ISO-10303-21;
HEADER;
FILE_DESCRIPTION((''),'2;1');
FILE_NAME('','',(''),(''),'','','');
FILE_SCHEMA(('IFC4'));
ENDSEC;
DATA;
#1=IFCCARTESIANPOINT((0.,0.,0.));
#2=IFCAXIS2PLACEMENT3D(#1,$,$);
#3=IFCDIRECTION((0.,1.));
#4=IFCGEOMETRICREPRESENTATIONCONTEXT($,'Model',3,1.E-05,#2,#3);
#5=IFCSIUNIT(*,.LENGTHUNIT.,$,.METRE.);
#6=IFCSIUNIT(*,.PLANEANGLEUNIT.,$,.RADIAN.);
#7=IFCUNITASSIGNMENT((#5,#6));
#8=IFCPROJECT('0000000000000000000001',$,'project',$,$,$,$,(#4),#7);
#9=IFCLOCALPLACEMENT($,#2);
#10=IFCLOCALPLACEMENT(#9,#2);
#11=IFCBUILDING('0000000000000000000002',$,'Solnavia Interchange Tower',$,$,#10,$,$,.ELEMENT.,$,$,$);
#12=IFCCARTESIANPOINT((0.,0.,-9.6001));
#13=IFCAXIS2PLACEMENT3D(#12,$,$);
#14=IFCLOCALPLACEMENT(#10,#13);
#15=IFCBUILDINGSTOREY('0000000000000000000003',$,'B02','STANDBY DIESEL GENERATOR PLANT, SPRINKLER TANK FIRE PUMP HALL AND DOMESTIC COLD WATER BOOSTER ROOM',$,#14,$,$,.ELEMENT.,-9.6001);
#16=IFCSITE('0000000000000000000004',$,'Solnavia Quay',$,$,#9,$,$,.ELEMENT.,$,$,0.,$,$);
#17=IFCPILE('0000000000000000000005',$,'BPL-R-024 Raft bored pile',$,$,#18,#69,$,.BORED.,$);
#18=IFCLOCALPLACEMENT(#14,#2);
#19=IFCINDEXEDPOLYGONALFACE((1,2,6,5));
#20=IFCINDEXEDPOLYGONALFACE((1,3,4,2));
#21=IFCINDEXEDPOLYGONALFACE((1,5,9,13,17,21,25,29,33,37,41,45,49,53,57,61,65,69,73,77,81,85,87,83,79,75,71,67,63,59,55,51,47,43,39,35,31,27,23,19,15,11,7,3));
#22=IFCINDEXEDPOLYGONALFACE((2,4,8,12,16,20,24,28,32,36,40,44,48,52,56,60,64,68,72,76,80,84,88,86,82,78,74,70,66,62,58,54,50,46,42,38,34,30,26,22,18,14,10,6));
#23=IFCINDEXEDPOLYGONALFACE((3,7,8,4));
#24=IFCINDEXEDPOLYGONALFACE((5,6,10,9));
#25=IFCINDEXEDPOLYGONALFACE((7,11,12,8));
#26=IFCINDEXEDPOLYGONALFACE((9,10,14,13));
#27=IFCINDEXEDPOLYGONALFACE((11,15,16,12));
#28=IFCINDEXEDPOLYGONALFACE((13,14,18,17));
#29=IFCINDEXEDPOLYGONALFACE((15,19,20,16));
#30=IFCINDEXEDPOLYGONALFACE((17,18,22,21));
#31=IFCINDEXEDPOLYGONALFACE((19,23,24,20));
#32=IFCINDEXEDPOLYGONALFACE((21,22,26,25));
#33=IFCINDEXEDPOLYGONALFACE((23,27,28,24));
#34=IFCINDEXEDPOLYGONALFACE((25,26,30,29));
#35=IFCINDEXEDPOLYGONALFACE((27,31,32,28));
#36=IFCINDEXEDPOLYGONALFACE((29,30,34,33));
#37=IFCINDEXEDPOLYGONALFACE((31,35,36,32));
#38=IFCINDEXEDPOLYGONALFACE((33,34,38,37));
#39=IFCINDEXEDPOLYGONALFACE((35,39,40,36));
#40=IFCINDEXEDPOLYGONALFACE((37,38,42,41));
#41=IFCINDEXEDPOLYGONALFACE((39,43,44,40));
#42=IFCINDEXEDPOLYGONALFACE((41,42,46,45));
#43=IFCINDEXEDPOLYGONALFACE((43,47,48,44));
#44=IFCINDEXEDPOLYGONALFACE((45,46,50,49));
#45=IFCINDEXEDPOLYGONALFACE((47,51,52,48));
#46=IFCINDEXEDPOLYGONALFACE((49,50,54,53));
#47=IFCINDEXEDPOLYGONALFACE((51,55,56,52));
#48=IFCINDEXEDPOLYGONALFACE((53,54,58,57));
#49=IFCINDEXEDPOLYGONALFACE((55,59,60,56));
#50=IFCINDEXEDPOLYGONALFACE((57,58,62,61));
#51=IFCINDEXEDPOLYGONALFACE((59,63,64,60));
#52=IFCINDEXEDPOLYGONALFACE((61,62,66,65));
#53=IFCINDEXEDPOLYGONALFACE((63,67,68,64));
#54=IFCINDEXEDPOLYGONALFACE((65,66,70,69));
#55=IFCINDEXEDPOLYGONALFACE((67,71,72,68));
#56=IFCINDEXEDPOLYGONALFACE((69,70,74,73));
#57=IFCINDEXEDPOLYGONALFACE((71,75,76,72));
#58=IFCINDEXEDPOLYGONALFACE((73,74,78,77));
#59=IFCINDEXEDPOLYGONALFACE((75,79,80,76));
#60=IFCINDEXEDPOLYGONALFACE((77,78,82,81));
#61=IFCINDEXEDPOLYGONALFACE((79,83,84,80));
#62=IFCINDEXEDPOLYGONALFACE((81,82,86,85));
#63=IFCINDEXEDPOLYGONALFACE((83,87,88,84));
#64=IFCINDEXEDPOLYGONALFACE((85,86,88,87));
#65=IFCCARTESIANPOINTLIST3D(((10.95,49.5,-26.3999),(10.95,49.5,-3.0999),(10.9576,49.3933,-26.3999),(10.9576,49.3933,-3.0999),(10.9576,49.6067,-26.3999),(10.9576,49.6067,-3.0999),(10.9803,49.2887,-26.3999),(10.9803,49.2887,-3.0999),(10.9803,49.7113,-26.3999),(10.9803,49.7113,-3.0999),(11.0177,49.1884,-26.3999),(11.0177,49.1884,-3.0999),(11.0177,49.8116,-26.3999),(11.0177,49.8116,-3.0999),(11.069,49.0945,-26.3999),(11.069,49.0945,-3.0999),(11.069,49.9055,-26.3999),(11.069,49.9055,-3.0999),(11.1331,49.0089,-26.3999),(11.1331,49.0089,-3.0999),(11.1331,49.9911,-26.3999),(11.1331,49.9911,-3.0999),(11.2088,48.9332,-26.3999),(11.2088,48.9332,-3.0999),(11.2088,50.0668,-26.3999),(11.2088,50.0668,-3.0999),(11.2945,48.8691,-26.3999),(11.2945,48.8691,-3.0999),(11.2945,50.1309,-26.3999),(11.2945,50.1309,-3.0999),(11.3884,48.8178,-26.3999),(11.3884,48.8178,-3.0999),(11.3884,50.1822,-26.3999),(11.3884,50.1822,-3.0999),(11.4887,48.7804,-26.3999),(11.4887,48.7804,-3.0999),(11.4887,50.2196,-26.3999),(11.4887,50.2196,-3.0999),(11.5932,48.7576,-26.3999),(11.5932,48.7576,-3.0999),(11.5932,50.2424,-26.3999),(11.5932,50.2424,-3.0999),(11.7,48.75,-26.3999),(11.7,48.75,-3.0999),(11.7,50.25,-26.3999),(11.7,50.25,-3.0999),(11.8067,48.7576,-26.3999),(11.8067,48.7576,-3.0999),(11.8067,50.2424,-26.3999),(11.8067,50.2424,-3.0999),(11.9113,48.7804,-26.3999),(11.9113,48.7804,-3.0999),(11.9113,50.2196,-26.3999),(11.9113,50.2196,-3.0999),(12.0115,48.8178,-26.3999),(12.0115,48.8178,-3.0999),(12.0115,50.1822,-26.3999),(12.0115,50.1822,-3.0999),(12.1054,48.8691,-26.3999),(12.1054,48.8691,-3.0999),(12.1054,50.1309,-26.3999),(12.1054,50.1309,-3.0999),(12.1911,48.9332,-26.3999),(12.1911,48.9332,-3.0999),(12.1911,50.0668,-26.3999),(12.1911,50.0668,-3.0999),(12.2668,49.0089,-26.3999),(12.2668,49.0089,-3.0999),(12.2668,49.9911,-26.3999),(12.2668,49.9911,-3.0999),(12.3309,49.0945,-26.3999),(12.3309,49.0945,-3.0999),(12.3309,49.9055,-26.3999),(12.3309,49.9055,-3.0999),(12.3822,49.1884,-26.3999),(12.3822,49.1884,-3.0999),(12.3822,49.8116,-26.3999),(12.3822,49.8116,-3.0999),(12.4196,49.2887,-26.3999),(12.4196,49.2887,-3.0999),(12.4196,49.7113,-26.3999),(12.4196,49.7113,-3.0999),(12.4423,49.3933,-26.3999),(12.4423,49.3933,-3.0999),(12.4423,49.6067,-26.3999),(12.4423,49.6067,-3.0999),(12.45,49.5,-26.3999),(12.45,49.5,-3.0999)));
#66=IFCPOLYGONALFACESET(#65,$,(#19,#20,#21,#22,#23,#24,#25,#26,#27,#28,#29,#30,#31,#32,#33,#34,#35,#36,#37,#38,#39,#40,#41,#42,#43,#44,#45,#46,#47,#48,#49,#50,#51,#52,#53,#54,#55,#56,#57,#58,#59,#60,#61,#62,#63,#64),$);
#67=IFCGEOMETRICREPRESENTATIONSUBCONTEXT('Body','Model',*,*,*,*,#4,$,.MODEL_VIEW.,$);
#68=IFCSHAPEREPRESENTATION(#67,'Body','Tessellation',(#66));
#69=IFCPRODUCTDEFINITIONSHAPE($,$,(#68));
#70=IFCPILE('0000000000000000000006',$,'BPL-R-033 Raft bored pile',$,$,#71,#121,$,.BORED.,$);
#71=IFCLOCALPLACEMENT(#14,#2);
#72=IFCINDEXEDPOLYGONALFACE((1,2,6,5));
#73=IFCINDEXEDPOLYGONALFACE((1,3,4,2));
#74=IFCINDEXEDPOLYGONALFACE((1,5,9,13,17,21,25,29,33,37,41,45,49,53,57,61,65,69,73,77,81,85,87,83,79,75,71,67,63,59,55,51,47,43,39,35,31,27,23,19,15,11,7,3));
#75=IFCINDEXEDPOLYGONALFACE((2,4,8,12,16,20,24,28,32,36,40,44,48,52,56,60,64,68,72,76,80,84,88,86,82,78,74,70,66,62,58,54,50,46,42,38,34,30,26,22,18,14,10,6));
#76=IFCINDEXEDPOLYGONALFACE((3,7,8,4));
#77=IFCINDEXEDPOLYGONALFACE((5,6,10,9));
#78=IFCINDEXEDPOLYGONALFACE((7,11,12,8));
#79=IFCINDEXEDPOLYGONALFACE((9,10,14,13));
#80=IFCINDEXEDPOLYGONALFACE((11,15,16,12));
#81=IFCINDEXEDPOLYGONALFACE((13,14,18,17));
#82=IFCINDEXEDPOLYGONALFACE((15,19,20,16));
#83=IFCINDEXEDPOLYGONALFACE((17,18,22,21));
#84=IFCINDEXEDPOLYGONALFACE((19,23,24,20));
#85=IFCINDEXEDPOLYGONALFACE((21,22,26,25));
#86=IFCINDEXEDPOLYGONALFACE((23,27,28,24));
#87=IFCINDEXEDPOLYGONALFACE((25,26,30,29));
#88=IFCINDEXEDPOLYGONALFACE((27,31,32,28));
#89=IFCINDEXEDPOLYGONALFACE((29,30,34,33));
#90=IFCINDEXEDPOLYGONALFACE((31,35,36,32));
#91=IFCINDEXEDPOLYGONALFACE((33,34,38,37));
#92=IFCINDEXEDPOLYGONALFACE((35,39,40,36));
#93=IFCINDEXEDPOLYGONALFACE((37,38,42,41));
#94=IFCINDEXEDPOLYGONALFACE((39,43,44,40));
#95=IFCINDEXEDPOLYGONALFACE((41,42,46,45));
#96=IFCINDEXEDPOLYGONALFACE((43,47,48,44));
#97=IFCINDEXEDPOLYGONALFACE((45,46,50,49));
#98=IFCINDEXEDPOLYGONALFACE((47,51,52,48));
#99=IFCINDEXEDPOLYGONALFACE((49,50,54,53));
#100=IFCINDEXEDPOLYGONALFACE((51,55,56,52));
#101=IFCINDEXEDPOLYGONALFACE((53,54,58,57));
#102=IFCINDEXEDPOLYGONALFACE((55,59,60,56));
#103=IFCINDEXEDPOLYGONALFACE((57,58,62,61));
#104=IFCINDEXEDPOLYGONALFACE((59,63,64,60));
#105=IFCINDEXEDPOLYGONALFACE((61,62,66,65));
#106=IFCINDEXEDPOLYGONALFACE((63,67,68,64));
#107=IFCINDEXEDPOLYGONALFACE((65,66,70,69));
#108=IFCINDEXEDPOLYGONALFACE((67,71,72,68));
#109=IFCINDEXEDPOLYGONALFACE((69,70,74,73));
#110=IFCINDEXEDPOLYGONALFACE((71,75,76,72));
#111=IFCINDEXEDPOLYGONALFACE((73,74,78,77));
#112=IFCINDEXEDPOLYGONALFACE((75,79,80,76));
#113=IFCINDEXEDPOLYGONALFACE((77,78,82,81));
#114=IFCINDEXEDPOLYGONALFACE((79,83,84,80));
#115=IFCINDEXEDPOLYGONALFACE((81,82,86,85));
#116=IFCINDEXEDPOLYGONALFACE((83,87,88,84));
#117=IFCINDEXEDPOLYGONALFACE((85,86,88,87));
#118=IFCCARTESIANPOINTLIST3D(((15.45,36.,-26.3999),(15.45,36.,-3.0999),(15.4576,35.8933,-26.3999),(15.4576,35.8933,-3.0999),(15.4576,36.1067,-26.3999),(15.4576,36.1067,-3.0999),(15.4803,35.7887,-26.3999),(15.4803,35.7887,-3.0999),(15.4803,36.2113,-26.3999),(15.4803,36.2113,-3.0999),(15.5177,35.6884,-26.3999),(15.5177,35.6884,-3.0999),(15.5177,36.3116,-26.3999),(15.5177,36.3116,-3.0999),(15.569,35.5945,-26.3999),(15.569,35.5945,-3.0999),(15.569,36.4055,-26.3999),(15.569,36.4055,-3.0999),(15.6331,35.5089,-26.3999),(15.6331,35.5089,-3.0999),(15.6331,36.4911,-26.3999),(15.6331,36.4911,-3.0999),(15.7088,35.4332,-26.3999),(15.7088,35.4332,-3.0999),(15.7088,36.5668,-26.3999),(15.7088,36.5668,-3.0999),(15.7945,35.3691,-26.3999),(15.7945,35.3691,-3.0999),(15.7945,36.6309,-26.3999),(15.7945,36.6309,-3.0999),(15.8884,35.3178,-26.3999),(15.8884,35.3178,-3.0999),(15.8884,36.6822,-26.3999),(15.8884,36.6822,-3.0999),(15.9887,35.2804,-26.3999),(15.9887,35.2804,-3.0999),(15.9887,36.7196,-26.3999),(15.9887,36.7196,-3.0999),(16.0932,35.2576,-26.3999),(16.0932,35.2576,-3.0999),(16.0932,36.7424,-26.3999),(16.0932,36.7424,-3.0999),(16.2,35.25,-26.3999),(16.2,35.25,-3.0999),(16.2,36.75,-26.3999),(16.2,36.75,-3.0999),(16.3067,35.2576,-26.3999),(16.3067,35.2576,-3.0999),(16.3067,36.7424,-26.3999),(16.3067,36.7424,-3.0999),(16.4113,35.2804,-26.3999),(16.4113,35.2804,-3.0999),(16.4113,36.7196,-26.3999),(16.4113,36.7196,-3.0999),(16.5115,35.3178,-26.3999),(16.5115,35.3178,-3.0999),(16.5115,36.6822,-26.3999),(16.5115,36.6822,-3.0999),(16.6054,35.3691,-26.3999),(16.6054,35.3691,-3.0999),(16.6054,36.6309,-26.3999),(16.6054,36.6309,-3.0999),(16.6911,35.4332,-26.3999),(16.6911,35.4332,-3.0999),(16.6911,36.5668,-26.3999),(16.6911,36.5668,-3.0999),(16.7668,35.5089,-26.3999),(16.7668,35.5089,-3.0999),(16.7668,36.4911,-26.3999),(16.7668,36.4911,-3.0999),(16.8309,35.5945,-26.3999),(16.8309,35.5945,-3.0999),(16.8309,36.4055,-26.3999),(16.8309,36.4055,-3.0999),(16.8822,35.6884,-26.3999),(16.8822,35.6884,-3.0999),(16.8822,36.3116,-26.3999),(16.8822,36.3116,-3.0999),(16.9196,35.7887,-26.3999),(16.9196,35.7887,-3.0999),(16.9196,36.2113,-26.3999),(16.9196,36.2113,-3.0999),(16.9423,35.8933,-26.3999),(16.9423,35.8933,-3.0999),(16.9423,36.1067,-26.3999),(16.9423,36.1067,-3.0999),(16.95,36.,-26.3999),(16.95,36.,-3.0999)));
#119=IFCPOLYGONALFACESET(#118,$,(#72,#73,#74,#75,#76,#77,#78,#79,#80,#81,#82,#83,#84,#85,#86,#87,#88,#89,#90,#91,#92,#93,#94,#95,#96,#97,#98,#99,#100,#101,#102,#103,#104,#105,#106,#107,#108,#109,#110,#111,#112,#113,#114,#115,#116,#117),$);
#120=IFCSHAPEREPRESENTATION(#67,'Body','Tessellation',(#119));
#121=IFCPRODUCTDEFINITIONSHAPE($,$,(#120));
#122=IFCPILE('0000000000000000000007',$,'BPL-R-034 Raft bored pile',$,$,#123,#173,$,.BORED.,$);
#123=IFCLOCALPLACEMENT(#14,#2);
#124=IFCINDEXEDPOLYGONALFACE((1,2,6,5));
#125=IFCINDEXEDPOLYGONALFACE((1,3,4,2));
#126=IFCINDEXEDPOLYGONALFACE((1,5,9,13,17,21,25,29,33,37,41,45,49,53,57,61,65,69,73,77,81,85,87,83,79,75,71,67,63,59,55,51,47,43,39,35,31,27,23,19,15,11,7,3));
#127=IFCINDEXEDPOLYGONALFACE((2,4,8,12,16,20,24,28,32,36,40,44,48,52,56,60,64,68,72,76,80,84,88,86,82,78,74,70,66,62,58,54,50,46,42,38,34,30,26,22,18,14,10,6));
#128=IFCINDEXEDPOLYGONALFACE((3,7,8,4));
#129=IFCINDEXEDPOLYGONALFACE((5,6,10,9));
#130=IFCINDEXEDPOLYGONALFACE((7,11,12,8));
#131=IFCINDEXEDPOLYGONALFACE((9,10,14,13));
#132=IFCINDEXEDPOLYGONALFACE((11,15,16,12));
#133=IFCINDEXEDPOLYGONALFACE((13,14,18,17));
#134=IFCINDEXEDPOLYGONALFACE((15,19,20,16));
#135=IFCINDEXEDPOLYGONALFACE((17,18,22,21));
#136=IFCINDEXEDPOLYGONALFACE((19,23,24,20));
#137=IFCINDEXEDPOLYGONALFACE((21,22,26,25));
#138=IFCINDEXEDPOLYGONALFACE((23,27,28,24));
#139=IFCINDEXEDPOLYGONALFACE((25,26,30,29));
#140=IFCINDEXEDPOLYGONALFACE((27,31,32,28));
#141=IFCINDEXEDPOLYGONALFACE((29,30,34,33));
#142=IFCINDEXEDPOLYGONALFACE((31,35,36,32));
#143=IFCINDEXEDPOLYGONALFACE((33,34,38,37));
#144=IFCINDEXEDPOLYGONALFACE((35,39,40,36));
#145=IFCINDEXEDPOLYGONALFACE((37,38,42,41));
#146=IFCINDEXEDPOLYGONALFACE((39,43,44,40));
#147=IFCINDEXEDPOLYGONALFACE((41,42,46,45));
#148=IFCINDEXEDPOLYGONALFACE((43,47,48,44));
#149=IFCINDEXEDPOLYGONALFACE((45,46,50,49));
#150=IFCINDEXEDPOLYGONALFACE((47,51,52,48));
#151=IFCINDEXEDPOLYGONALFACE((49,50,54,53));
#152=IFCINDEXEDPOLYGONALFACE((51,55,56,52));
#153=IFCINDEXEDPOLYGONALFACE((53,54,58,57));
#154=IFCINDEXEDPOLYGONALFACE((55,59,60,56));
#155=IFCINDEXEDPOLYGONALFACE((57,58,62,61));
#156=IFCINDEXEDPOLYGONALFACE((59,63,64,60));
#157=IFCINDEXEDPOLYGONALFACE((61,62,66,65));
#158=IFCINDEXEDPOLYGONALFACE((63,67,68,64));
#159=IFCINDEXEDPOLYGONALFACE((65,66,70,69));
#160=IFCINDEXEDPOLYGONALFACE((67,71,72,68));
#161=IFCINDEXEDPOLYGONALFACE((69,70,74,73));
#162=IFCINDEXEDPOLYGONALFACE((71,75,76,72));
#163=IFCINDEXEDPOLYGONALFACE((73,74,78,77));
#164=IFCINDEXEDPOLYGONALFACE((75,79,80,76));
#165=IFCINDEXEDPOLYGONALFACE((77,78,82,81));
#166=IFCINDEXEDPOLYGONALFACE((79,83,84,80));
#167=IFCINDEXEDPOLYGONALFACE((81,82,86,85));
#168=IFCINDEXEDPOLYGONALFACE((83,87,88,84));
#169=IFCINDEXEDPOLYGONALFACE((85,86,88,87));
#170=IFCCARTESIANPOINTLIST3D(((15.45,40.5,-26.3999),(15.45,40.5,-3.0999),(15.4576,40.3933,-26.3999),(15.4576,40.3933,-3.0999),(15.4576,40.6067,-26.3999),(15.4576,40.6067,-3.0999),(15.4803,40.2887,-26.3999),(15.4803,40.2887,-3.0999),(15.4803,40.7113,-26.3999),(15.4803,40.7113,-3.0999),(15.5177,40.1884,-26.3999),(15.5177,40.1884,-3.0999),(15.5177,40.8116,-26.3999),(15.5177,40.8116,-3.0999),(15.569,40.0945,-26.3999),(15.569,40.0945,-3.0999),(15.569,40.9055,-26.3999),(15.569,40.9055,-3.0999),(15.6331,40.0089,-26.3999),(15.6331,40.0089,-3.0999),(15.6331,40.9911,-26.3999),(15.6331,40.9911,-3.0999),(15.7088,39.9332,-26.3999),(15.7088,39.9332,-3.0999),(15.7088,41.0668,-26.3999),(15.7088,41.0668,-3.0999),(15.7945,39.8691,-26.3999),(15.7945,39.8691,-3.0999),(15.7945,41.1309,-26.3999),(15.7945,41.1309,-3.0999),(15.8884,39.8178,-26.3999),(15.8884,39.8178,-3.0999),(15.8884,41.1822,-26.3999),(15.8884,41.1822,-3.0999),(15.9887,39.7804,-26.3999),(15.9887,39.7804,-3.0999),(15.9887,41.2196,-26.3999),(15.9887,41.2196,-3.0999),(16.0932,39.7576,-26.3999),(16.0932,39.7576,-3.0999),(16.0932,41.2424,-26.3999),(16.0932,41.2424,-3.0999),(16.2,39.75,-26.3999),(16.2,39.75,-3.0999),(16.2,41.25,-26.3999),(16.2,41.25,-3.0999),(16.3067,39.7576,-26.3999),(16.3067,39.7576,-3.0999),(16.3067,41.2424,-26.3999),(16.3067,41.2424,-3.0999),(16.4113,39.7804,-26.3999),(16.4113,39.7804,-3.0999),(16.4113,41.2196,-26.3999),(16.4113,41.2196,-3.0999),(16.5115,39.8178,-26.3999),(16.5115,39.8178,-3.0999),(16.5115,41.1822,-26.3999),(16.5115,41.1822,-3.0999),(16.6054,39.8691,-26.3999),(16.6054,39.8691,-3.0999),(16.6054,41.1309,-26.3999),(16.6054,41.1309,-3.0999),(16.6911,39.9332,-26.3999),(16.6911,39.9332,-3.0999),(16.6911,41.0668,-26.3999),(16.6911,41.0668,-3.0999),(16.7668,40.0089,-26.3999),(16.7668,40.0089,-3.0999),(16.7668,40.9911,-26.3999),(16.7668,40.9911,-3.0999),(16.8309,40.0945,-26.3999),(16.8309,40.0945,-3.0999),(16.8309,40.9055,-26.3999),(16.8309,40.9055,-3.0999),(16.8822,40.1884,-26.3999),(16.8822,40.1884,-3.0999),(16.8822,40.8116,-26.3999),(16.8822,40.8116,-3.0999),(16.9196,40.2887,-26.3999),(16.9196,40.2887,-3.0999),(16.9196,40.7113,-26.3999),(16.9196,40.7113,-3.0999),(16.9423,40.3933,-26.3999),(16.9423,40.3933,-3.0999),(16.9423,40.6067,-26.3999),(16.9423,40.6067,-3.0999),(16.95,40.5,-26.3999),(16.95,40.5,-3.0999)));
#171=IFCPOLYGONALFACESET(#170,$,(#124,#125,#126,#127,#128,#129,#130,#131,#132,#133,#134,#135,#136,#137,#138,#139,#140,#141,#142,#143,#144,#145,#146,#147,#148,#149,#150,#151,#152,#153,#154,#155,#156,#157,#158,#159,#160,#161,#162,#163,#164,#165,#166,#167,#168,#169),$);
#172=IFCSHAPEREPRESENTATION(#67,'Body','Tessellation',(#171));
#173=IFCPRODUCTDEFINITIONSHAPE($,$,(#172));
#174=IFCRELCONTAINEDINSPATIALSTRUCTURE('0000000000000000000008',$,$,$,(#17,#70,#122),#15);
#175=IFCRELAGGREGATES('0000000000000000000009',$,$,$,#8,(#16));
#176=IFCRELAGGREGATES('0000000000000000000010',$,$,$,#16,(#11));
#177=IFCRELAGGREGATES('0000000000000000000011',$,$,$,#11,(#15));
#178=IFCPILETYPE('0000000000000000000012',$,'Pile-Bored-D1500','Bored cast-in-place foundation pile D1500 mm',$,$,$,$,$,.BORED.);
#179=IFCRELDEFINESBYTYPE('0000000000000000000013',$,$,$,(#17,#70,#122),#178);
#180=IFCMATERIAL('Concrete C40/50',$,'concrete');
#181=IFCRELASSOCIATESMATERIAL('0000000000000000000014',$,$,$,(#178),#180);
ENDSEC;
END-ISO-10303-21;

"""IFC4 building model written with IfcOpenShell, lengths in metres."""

from ifc_helpers import new_model, si_unit, direction, frame, origin, origin_2d, place, context, subcontext, project, spatial, circle, extrude, material, material_profile, profile_set, type_object, element, save


model = new_model("IFC4")

# Units and contexts
model_context = context("Model", 3, precision=1e-05, world=origin(), true_north=direction((0.0, 1.0)))
body_context = subcontext(model_context, "Body", "Model", "MODEL_VIEW")
ifc_project = project(units=[si_unit("LENGTHUNIT", "METRE"), si_unit("PLANEANGLEUNIT", "RADIAN")], contexts=[model_context])

# Site, building, storey
site_placement = place(None, origin())
site = spatial("IfcSite", under=ifc_project, at=site_placement, Name="Solnavia Quay", CompositionType="ELEMENT", RefElevation=0.0)
building_placement = place(site_placement, origin())
building = spatial("IfcBuilding", under=site, at=building_placement, Name="Solnavia Interchange Tower", CompositionType="ELEMENT")
storey_placement = place(building_placement, frame((0.0, 0.0, -9.6001)))
storey = spatial("IfcBuildingStorey", under=building, at=storey_placement, Name="B02", Description="STANDBY DIESEL GENERATOR PLANT, SPRINKLER TANK FIRE PUMP HALL AND DOMESTIC COLD WATER BOOSTER ROOM", CompositionType="ELEMENT", Elevation=-9.6001)

# Shared definitions
ifc_material_1 = material(Name="Concrete C40/50", Category="concrete")

# Piles
ifc_material_profile_1 = material_profile(ifc_material_1, circle(Radius=0.75, at=origin_2d()), Name="PILE D1500")
ifc_profile_set_1 = profile_set([ifc_material_profile_1], Name="Concrete C40/50")
pile_type = type_object("IfcPileType", Name="Pile-Bored-D1500", Description="Bored cast-in-place foundation pile D1500 mm", PredefinedType="BORED", material=ifc_profile_set_1)
for number, where, z_axis, x_axis, name in (
    (1, (11.7, 49.5, -3.0999), (0.0, 0.0, -1.0), (1.0, 0.0, 0.0), "BPL-R-024 Raft bored pile"),
    (2, (16.2, 36.0, -3.0999), (0.0, 0.0, -1.0), (1.0, 0.0, 0.0), "BPL-R-033 Raft bored pile"),
    (3, (16.2, 40.5, -3.0999), (0.0, 0.0, -1.0), (1.0, 0.0, 0.0), "BPL-R-034 Raft bored pile"),
):
    element("IfcPile", number, at=place(storey_placement, frame(where, z_axis=z_axis, x_axis=x_axis)), inside=storey, type_object=pile_type, Name=name, PredefinedType="BORED", context=body_context, shape_type="SweptSolid", body=[
        extrude(circle(Radius=0.75, at=origin_2d()), origin(), (0.0, 0.0, 1.0), 23.3),
    ])

save(model, "model.ifc")
